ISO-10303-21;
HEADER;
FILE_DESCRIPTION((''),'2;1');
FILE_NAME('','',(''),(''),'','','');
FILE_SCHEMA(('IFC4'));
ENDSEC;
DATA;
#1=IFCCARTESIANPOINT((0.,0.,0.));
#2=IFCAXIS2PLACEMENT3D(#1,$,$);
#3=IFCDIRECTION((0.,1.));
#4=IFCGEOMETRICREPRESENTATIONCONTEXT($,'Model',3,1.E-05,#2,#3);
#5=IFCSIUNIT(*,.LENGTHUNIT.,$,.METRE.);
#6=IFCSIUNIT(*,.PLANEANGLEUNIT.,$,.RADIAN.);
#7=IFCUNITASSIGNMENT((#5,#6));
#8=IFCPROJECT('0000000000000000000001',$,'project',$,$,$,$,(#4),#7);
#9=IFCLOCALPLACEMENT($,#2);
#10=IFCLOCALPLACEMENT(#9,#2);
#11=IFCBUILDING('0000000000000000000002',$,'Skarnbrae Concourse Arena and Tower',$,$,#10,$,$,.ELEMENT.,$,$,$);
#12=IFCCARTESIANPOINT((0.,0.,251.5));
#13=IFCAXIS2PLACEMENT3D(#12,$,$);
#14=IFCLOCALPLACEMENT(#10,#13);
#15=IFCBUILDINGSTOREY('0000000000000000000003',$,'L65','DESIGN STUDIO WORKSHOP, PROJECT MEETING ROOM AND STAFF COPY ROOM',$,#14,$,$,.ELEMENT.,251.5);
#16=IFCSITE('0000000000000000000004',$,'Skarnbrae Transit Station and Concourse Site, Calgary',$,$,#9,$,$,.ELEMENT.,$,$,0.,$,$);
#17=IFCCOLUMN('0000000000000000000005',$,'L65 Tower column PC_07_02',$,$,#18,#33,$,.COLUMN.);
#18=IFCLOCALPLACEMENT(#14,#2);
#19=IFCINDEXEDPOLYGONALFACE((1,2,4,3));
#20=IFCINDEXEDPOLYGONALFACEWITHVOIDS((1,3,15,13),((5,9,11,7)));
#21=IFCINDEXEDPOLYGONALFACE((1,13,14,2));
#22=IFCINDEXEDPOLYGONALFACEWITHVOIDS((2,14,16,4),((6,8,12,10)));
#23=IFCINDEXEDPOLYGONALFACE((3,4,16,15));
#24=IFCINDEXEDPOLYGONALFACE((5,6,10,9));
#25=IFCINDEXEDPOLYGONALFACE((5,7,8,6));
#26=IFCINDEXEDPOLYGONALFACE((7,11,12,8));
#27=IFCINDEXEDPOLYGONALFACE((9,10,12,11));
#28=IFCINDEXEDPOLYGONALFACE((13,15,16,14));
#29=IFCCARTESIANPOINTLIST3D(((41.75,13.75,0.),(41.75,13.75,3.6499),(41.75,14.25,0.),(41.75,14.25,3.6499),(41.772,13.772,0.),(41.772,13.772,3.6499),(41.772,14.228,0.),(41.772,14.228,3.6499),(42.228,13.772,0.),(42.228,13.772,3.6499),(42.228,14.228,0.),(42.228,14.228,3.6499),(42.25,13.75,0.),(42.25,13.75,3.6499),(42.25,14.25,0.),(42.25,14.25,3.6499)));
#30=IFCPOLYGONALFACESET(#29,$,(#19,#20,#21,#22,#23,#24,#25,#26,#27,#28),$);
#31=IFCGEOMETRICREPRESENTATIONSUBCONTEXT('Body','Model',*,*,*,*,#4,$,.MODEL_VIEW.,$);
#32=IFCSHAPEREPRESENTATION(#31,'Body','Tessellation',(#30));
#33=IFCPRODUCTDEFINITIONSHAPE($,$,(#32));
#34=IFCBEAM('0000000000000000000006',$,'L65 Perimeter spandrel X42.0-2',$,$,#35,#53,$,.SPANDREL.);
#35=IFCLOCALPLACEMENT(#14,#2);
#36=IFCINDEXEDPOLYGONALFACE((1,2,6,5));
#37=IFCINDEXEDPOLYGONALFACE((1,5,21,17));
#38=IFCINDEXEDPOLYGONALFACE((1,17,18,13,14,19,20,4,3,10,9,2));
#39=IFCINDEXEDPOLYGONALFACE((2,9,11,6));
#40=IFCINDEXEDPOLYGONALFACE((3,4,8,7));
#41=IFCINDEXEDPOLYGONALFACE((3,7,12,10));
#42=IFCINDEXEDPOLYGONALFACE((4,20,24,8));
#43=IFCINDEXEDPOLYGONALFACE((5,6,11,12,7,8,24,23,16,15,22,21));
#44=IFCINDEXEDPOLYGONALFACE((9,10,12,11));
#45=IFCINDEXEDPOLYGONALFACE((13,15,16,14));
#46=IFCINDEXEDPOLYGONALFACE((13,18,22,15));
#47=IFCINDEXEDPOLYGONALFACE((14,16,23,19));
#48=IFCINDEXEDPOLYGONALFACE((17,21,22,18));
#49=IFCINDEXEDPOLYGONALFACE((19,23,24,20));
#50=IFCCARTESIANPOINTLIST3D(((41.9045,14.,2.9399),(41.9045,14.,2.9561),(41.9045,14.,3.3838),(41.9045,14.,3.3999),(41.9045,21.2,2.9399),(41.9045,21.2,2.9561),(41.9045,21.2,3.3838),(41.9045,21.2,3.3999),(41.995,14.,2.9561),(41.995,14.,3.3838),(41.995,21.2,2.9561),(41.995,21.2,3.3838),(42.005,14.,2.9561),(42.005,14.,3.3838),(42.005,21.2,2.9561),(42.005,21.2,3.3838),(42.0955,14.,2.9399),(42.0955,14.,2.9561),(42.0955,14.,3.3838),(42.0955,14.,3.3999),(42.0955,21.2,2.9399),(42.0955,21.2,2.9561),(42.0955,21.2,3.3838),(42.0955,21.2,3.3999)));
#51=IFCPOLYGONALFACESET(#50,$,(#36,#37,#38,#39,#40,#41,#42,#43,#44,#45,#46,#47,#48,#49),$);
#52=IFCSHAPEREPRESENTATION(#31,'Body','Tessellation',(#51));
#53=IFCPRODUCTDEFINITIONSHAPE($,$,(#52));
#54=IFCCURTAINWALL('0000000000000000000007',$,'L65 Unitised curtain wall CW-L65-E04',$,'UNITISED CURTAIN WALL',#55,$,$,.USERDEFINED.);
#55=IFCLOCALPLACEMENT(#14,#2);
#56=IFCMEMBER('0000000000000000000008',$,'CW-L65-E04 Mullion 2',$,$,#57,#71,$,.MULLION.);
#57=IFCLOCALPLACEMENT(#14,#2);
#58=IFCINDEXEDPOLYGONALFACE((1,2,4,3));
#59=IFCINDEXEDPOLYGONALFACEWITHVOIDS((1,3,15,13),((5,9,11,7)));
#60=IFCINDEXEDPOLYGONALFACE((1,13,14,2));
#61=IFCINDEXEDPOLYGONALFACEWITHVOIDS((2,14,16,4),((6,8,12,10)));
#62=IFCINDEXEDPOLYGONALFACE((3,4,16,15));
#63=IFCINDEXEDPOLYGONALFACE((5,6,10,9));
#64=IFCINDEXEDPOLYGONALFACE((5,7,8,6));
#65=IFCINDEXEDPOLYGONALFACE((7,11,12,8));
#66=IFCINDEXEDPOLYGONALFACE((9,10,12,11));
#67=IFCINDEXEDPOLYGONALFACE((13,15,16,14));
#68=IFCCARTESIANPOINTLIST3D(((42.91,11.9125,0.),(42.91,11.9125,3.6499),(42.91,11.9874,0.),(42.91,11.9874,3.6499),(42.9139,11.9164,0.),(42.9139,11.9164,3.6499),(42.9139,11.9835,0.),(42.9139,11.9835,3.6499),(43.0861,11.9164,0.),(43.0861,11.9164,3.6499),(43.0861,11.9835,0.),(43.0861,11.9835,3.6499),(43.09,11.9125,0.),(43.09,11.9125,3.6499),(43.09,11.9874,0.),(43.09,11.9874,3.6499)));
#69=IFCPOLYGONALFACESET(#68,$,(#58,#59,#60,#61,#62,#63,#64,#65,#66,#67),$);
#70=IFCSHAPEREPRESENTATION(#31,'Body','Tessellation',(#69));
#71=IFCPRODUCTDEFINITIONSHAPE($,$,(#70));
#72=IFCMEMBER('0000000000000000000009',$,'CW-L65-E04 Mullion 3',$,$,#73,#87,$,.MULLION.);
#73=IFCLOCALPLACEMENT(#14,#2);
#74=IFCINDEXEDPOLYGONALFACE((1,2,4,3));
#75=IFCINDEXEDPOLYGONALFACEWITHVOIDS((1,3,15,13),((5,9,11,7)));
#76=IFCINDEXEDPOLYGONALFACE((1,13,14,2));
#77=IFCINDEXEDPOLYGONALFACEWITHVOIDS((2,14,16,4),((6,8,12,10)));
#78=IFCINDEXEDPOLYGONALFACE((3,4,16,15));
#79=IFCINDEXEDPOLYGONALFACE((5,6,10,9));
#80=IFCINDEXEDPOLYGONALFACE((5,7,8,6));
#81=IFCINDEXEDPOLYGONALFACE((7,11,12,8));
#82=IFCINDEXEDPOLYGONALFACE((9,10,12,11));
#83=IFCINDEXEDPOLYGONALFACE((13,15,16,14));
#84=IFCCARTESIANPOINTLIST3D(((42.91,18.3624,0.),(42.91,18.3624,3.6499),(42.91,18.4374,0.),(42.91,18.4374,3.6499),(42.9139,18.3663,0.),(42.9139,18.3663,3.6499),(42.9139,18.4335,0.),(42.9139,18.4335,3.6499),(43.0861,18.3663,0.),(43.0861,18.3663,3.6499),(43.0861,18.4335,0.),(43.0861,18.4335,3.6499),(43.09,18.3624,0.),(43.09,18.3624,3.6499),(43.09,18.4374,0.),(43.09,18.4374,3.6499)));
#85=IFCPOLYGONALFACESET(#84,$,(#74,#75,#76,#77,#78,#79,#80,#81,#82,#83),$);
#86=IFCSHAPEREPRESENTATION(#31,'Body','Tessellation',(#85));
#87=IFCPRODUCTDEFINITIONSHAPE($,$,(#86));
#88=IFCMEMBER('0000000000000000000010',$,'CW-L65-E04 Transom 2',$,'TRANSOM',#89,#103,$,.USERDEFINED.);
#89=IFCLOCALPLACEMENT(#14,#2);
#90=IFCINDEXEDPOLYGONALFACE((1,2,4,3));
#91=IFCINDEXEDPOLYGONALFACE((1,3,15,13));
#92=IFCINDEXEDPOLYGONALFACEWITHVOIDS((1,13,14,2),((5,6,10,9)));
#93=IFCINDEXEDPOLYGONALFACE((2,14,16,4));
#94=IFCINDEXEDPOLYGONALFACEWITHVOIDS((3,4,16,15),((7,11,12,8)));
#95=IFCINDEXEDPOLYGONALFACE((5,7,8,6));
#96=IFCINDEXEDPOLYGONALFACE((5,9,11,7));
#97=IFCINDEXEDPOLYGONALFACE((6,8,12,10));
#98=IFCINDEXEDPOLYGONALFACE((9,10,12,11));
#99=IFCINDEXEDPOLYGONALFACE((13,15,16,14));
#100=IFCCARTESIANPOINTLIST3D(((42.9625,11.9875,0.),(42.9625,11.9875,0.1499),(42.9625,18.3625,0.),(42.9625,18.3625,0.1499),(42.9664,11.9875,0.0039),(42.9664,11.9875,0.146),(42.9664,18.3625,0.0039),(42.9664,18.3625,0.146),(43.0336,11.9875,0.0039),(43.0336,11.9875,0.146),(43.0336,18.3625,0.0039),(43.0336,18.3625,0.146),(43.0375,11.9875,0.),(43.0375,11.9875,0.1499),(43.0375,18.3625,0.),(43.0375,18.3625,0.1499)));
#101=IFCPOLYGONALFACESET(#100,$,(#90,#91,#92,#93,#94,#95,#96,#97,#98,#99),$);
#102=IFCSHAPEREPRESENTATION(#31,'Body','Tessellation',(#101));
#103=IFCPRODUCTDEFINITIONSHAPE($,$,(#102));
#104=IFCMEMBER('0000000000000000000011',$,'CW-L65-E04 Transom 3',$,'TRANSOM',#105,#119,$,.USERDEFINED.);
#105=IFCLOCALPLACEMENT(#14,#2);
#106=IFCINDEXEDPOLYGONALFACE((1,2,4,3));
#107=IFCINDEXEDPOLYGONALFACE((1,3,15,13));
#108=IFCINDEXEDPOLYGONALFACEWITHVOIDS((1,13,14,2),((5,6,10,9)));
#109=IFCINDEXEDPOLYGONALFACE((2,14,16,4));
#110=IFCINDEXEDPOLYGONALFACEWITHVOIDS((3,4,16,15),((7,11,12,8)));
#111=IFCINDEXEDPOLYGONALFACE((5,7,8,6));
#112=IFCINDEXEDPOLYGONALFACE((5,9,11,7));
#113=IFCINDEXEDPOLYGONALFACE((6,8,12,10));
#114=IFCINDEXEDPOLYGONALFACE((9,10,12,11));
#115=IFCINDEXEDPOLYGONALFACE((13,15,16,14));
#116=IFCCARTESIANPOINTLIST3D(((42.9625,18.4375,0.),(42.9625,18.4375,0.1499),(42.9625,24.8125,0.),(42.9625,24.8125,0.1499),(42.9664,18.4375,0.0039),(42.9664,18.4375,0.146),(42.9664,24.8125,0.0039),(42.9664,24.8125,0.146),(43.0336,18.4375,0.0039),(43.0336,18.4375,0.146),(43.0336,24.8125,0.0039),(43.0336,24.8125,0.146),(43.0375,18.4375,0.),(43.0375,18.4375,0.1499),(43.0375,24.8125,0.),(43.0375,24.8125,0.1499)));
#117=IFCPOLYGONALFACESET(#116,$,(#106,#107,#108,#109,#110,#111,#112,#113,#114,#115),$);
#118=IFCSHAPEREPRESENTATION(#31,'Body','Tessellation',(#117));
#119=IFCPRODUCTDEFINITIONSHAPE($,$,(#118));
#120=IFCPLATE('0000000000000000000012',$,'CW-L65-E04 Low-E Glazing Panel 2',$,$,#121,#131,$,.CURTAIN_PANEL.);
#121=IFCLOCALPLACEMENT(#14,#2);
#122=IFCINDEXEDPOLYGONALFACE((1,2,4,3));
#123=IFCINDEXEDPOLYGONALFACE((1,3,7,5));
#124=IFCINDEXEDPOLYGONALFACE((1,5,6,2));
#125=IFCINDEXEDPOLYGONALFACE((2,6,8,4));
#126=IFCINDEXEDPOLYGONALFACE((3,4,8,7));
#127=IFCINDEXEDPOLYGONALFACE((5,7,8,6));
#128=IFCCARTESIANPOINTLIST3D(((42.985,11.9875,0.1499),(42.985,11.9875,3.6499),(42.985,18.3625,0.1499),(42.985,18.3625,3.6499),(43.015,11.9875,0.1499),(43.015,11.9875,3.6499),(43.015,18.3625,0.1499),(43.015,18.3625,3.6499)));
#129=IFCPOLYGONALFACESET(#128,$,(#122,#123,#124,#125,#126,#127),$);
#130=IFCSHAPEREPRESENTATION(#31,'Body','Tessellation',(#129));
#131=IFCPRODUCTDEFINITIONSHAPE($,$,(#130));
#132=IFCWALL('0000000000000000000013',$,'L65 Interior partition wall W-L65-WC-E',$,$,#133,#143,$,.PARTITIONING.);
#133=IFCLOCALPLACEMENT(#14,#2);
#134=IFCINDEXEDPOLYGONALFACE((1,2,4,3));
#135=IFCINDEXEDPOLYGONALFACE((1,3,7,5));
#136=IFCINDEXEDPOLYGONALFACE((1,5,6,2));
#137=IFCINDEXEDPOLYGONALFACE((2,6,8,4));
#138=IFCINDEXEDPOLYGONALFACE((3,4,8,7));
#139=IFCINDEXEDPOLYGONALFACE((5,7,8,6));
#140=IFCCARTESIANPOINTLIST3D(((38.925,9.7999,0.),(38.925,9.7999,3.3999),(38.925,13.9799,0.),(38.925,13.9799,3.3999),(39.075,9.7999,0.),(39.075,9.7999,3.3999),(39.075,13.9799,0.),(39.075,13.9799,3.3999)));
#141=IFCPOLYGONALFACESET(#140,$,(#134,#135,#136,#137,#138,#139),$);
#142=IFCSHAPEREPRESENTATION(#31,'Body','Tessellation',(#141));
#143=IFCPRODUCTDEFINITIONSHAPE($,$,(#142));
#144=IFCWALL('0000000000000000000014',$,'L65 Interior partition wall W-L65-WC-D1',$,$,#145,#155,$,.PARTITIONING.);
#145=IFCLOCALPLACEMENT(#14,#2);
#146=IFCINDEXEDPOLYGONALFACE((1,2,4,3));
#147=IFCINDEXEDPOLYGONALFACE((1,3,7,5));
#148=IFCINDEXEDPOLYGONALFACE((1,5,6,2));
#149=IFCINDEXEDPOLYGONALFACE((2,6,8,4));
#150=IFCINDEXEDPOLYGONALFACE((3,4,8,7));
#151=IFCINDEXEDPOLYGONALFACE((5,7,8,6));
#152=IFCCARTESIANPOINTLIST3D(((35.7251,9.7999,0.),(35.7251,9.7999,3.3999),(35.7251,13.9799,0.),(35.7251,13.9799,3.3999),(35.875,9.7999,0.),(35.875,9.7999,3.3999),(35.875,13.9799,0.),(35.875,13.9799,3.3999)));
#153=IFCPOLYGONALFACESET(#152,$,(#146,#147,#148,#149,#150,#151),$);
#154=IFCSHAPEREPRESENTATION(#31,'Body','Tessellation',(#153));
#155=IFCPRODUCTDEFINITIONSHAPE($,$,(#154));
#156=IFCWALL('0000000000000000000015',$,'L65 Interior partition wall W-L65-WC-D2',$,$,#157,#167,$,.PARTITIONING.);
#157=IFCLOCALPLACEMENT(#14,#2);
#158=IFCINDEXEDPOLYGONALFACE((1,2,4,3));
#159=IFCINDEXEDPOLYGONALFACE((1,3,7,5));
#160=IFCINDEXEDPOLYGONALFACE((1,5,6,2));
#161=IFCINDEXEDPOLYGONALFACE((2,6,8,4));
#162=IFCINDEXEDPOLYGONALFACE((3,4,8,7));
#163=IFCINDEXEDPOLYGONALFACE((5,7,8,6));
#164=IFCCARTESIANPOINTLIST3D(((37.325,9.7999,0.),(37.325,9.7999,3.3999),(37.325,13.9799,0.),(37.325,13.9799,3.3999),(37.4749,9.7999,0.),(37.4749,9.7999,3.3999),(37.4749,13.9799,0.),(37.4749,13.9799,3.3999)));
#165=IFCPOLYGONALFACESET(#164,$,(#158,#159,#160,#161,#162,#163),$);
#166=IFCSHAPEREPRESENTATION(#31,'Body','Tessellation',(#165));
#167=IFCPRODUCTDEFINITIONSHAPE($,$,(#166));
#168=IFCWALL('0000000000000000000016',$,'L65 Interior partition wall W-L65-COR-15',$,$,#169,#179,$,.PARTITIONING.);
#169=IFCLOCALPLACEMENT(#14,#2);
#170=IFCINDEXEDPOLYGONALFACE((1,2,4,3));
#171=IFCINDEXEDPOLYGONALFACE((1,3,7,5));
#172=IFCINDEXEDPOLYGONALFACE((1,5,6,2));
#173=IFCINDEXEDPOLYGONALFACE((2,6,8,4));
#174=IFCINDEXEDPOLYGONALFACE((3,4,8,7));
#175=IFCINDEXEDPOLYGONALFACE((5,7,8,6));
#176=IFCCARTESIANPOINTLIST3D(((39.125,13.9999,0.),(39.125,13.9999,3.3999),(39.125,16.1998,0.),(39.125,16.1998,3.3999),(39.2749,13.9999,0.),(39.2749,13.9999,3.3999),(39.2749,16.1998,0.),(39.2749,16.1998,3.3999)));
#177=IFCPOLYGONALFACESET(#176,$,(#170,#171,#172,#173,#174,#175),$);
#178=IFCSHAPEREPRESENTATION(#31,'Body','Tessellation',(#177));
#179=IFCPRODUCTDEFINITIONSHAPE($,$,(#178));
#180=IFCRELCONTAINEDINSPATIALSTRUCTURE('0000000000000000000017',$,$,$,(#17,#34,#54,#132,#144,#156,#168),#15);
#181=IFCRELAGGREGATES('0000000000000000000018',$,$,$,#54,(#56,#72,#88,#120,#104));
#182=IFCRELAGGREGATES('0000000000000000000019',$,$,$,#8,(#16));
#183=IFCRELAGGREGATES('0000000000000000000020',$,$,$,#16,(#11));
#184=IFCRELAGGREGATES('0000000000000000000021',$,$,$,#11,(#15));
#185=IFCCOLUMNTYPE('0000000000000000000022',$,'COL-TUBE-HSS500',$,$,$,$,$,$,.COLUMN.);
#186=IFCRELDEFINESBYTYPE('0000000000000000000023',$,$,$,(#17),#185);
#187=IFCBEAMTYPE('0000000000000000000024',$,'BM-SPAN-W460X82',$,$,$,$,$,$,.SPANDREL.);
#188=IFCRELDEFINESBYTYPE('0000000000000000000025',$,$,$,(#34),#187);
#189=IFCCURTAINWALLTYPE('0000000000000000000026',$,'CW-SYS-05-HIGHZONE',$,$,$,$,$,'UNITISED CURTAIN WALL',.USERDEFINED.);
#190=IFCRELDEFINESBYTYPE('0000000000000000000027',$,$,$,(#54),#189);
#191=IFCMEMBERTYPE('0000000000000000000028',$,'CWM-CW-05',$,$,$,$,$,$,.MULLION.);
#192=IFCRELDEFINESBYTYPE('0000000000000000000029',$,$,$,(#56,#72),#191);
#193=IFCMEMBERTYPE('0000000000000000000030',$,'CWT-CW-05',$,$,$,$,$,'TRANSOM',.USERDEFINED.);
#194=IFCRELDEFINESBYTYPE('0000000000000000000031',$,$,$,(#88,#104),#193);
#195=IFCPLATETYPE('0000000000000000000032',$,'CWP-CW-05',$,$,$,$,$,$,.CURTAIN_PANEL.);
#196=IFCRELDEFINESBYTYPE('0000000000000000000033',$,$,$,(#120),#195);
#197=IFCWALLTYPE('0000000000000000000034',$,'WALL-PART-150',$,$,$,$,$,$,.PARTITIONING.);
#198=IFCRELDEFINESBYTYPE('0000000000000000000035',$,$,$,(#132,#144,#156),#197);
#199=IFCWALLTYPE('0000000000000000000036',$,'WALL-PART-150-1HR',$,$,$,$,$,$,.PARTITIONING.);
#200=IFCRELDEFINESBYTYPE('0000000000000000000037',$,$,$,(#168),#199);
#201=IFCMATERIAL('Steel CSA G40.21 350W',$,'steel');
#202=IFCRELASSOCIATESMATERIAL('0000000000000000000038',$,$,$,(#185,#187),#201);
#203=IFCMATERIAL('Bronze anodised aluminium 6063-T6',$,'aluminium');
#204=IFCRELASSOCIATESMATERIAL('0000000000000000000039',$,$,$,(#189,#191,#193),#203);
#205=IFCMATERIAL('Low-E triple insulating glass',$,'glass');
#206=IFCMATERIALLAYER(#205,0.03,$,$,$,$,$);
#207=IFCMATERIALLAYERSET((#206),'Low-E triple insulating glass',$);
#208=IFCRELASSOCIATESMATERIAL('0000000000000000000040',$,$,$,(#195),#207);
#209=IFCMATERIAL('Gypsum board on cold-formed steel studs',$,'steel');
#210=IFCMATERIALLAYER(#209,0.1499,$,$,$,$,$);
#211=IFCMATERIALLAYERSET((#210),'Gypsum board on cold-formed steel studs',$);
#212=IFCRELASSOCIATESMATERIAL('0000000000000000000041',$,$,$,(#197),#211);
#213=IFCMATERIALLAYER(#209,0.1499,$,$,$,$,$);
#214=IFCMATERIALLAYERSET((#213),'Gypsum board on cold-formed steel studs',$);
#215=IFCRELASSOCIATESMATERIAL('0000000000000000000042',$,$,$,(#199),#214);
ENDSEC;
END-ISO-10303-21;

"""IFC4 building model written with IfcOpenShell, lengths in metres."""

from ifc_helpers import new_model, si_unit, direction, frame, frame_2d, origin, origin_2d, place, context, subcontext, project, spatial, rectangle, hollow_rectangle, i_section, extrude, source, transform, mapped, material, layer, layer_set, material_profile, profile_set, type_object, element, aggregate, save


model = new_model("IFC4")

# Units and contexts
model_context = context("Model", 3, precision=1e-05, world=origin(), true_north=direction((0.0, 1.0)))
body_context = subcontext(model_context, "Body", "Model", "MODEL_VIEW")
ifc_project = project(units=[si_unit("LENGTHUNIT", "METRE"), si_unit("PLANEANGLEUNIT", "RADIAN")], contexts=[model_context])

# Site, building, storey
site_placement = place(None, origin())
site = spatial("IfcSite", under=ifc_project, at=site_placement, Name="Skarnbrae Transit Station and Concourse Site, Calgary", CompositionType="ELEMENT", RefElevation=0.0)
building_placement = place(site_placement, origin())
building = spatial("IfcBuilding", under=site, at=building_placement, Name="Skarnbrae Concourse Arena and Tower", CompositionType="ELEMENT")
storey_placement = place(building_placement, frame((0.0, 0.0, 251.5)))
storey = spatial("IfcBuildingStorey", under=building, at=storey_placement, Name="L65", Description="DESIGN STUDIO WORKSHOP, PROJECT MEETING ROOM AND STAFF COPY ROOM", CompositionType="ELEMENT", Elevation=251.5)

# Column
ifc_material_1 = material(Name="Steel CSA G40.21 350W", Category="steel")
ifc_material_profile_1 = material_profile(ifc_material_1, hollow_rectangle(XDim=0.5, YDim=0.5, WallThickness=0.022, at=origin_2d()), Name="HSS500X500X22.0")
ifc_profile_set_1 = profile_set([ifc_material_profile_1], Name="Steel CSA G40.21 350W")
column_type = type_object("IfcColumnType", Name="COL-TUBE-HSS500", PredefinedType="COLUMN", material=ifc_profile_set_1)
shared_shape_1 = source(origin(), body_context, "Body", "SweptSolid", [
    extrude(hollow_rectangle(XDim=0.5, YDim=0.5, WallThickness=0.022, at=origin_2d()), origin(), (0.0, 0.0, 1.0), 3.6499),
])
column_placement = place(storey_placement, frame((42.0, 14.0, 0.0), z_axis=(0.0, 0.0, 1.0), x_axis=(1.0, 0.0, 0.0)))
element("IfcColumn", 1, at=column_placement, inside=storey, type_object=column_type, Name="L65 Tower column PC_07_02", PredefinedType="COLUMN", context=body_context, shape_type="MappedRepresentation", body=[
    mapped(shared_shape_1, transform((0.0, 0.0, 0.0))),
])

# Beam
ifc_material_profile_2 = material_profile(ifc_material_1, i_section(OverallWidth=0.1909, OverallDepth=0.46, WebThickness=0.01, FlangeThickness=0.0161, at=origin_2d()), Name="W460X82")
ifc_profile_set_2 = profile_set([ifc_material_profile_2], Name="Steel CSA G40.21 350W")
beam_type = type_object("IfcBeamType", Name="BM-SPAN-W460X82", PredefinedType="SPANDREL", material=ifc_profile_set_2)
shared_shape_2 = source(origin(), body_context, "Body", "SweptSolid", [
    extrude(i_section(OverallWidth=0.1909, OverallDepth=0.46, WebThickness=0.01, FlangeThickness=0.0161, at=origin_2d()), origin(), (0.0, 0.0, 1.0), 7.2),
])
beam_placement = place(storey_placement, frame((42.0, 14.0, 3.1699), z_axis=(0.0, 1.0, 0.0), x_axis=(-1.0, 0.0, 0.0)))
element("IfcBeam", 2, at=beam_placement, inside=storey, type_object=beam_type, Name="L65 Perimeter spandrel X42.0-2", PredefinedType="SPANDREL", context=body_context, shape_type="MappedRepresentation", body=[
    mapped(shared_shape_2, transform((0.0, 0.0, 0.0))),
])

# Curtain wall, members, plate
ifc_material_2 = material(Name="Bronze anodised aluminium 6063-T6", Category="aluminium")
curtain_wall_type = type_object("IfcCurtainWallType", Name="CW-SYS-05-HIGHZONE", ElementType="UNITISED CURTAIN WALL", PredefinedType="USERDEFINED", material=ifc_material_2)
curtain_wall_placement = place(storey_placement, origin())
curtain_wall = element("IfcCurtainWall", 3, at=curtain_wall_placement, inside=storey, type_object=curtain_wall_type, Name="L65 Unitised curtain wall CW-L65-E04", ObjectType="UNITISED CURTAIN WALL", PredefinedType="USERDEFINED")
ifc_material_profile_3 = material_profile(ifc_material_2, hollow_rectangle(XDim=0.075, YDim=0.1799, WallThickness=0.0039, at=origin_2d()), Name="ALU-MULL-75X180")
ifc_profile_set_3 = profile_set([ifc_material_profile_3], Name="Bronze anodised aluminium 6063-T6")
member_type_1 = type_object("IfcMemberType", Name="CWM-CW-05", PredefinedType="MULLION", material=ifc_profile_set_3)
shared_shape_3 = source(origin(), body_context, "Body", "SweptSolid", [
    extrude(hollow_rectangle(XDim=0.075, YDim=0.1799, WallThickness=0.0039, at=origin_2d()), origin(), (0.0, 0.0, 1.0), 3.6499),
])
member_1_placement = place(storey_placement, frame((43.0, 11.95, 0.0), z_axis=(0.0, 0.0, 1.0), x_axis=(0.0, 1.0, 0.0)))
member_1 = element("IfcMember", 4, at=member_1_placement, type_object=member_type_1, Name="CW-L65-E04 Mullion 2", PredefinedType="MULLION", context=body_context, shape_type="MappedRepresentation", body=[
    mapped(shared_shape_3, transform((0.0, 0.0, 0.0))),
])
member_2_placement = place(storey_placement, frame((43.0, 18.3999, 0.0), z_axis=(0.0, 0.0, 1.0), x_axis=(0.0, 1.0, 0.0)))
member_2 = element("IfcMember", 5, at=member_2_placement, type_object=member_type_1, Name="CW-L65-E04 Mullion 3", PredefinedType="MULLION", context=body_context, shape_type="MappedRepresentation", body=[
    mapped(shared_shape_3, transform((0.0, 0.0, 0.0))),
])
ifc_material_profile_4 = material_profile(ifc_material_2, hollow_rectangle(XDim=0.075, YDim=0.1499, WallThickness=0.0039, at=origin_2d()), Name="ALU-TRAN-75X150")
ifc_profile_set_4 = profile_set([ifc_material_profile_4], Name="Bronze anodised aluminium 6063-T6")
member_type_2 = type_object("IfcMemberType", Name="CWT-CW-05", ElementType="TRANSOM", PredefinedType="USERDEFINED", material=ifc_profile_set_4)
shared_shape_4 = source(origin(), body_context, "Body", "SweptSolid", [
    extrude(hollow_rectangle(XDim=0.075, YDim=0.1499, WallThickness=0.0039, at=origin_2d()), origin(), (0.0, 0.0, 1.0), 6.375),
])
member_3_placement = place(storey_placement, frame((43.0, 11.9875, 0.075), z_axis=(0.0, 1.0, 0.0), x_axis=(-1.0, 0.0, 0.0)))
member_3 = element("IfcMember", 6, at=member_3_placement, type_object=member_type_2, Name="CW-L65-E04 Transom 2", ObjectType="TRANSOM", PredefinedType="USERDEFINED", context=body_context, shape_type="MappedRepresentation", body=[
    mapped(shared_shape_4, transform((0.0, 0.0, 0.0))),
])
member_4_placement = place(storey_placement, frame((43.0, 18.4375, 0.075), z_axis=(0.0, 1.0, 0.0), x_axis=(-1.0, 0.0, 0.0)))
member_4 = element("IfcMember", 7, at=member_4_placement, type_object=member_type_2, Name="CW-L65-E04 Transom 3", ObjectType="TRANSOM", PredefinedType="USERDEFINED", context=body_context, shape_type="MappedRepresentation", body=[
    mapped(shared_shape_4, transform((0.0, 0.0, 0.0))),
])
ifc_material_3 = material(Name="Low-E triple insulating glass", Category="glass")
ifc_layer_1 = layer(ifc_material_3, 0.03)
ifc_layer_set_1 = layer_set([ifc_layer_1], Name="Low-E triple insulating glass")
plate_type = type_object("IfcPlateType", Name="CWP-CW-05", PredefinedType="CURTAIN_PANEL", material=ifc_layer_set_1)
shared_shape_5 = source(origin(), body_context, "Body", "SweptSolid", [
    extrude(rectangle(XDim=6.375, YDim=0.03, at=origin_2d()), origin(), (0.0, 0.0, 1.0), 3.5),
])
plate_placement = place(storey_placement, frame((43.0, 15.175, 0.1499), z_axis=(0.0, 0.0, 1.0), x_axis=(0.0, 1.0, 0.0)))
plate = element("IfcPlate", 8, at=plate_placement, type_object=plate_type, Name="CW-L65-E04 Low-E Glazing Panel 2", PredefinedType="CURTAIN_PANEL", context=body_context, shape_type="MappedRepresentation", body=[
    mapped(shared_shape_5, transform((0.0, 0.0, 0.0))),
])
aggregate(curtain_wall, [member_1, member_2, member_3, plate, member_4])

# Walls
ifc_material_4 = material(Name="Gypsum board on cold-formed steel studs", Category="steel")
ifc_layer_2 = layer(ifc_material_4, 0.1499)
ifc_layer_set_2 = layer_set([ifc_layer_2], Name="Gypsum board on cold-formed steel studs")
wall_type_1 = type_object("IfcWallType", Name="WALL-PART-150", PredefinedType="PARTITIONING", material=ifc_layer_set_2)
shared_shape_6 = source(origin(), body_context, "Body", "SweptSolid", [
    extrude(rectangle(XDim=4.1799, YDim=0.1499, at=frame_2d((2.0898, 0.0))), origin(), (0.0, 0.0, 1.0), 3.3999),
])
for number, where, z_axis, x_axis, name in (
    (9, (39.0, 9.8, 0.0), (0.0, 0.0, 1.0), (0.0, 1.0, 0.0), "L65 Interior partition wall W-L65-WC-E"),
    (10, (35.8, 9.8, 0.0), (0.0, 0.0, 1.0), (0.0, 1.0, 0.0), "L65 Interior partition wall W-L65-WC-D1"),
    (11, (37.3999, 9.8, 0.0), (0.0, 0.0, 1.0), (0.0, 1.0, 0.0), "L65 Interior partition wall W-L65-WC-D2"),
):
    element("IfcWall", number, at=place(storey_placement, frame(where, z_axis=z_axis, x_axis=x_axis)), inside=storey, type_object=wall_type_1, Name=name, PredefinedType="PARTITIONING", context=body_context, shape_type="MappedRepresentation", body=[
        mapped(shared_shape_6, transform((0.0, 0.0, 0.0))),
    ])
ifc_layer_3 = layer(ifc_material_4, 0.1499)
ifc_layer_set_3 = layer_set([ifc_layer_3], Name="Gypsum board on cold-formed steel studs")
wall_type_2 = type_object("IfcWallType", Name="WALL-PART-150-1HR", PredefinedType="PARTITIONING", material=ifc_layer_set_3)
shared_shape_7 = source(origin(), body_context, "Body", "SweptSolid", [
    extrude(rectangle(XDim=2.2, YDim=0.1499, at=frame_2d((1.1001, 0.0))), origin(), (0.0, 0.0, 1.0), 3.3999),
])
wall_1_placement = place(storey_placement, frame((39.2, 16.2, 0.0), z_axis=(0.0, 0.0, 1.0), x_axis=(0.0, -1.0, 0.0)))
element("IfcWall", 12, at=wall_1_placement, inside=storey, type_object=wall_type_2, Name="L65 Interior partition wall W-L65-COR-15", PredefinedType="PARTITIONING", context=body_context, shape_type="MappedRepresentation", body=[
    mapped(shared_shape_7, transform((0.0, 0.0, 0.0))),
])

save(model, "model.ifc")
